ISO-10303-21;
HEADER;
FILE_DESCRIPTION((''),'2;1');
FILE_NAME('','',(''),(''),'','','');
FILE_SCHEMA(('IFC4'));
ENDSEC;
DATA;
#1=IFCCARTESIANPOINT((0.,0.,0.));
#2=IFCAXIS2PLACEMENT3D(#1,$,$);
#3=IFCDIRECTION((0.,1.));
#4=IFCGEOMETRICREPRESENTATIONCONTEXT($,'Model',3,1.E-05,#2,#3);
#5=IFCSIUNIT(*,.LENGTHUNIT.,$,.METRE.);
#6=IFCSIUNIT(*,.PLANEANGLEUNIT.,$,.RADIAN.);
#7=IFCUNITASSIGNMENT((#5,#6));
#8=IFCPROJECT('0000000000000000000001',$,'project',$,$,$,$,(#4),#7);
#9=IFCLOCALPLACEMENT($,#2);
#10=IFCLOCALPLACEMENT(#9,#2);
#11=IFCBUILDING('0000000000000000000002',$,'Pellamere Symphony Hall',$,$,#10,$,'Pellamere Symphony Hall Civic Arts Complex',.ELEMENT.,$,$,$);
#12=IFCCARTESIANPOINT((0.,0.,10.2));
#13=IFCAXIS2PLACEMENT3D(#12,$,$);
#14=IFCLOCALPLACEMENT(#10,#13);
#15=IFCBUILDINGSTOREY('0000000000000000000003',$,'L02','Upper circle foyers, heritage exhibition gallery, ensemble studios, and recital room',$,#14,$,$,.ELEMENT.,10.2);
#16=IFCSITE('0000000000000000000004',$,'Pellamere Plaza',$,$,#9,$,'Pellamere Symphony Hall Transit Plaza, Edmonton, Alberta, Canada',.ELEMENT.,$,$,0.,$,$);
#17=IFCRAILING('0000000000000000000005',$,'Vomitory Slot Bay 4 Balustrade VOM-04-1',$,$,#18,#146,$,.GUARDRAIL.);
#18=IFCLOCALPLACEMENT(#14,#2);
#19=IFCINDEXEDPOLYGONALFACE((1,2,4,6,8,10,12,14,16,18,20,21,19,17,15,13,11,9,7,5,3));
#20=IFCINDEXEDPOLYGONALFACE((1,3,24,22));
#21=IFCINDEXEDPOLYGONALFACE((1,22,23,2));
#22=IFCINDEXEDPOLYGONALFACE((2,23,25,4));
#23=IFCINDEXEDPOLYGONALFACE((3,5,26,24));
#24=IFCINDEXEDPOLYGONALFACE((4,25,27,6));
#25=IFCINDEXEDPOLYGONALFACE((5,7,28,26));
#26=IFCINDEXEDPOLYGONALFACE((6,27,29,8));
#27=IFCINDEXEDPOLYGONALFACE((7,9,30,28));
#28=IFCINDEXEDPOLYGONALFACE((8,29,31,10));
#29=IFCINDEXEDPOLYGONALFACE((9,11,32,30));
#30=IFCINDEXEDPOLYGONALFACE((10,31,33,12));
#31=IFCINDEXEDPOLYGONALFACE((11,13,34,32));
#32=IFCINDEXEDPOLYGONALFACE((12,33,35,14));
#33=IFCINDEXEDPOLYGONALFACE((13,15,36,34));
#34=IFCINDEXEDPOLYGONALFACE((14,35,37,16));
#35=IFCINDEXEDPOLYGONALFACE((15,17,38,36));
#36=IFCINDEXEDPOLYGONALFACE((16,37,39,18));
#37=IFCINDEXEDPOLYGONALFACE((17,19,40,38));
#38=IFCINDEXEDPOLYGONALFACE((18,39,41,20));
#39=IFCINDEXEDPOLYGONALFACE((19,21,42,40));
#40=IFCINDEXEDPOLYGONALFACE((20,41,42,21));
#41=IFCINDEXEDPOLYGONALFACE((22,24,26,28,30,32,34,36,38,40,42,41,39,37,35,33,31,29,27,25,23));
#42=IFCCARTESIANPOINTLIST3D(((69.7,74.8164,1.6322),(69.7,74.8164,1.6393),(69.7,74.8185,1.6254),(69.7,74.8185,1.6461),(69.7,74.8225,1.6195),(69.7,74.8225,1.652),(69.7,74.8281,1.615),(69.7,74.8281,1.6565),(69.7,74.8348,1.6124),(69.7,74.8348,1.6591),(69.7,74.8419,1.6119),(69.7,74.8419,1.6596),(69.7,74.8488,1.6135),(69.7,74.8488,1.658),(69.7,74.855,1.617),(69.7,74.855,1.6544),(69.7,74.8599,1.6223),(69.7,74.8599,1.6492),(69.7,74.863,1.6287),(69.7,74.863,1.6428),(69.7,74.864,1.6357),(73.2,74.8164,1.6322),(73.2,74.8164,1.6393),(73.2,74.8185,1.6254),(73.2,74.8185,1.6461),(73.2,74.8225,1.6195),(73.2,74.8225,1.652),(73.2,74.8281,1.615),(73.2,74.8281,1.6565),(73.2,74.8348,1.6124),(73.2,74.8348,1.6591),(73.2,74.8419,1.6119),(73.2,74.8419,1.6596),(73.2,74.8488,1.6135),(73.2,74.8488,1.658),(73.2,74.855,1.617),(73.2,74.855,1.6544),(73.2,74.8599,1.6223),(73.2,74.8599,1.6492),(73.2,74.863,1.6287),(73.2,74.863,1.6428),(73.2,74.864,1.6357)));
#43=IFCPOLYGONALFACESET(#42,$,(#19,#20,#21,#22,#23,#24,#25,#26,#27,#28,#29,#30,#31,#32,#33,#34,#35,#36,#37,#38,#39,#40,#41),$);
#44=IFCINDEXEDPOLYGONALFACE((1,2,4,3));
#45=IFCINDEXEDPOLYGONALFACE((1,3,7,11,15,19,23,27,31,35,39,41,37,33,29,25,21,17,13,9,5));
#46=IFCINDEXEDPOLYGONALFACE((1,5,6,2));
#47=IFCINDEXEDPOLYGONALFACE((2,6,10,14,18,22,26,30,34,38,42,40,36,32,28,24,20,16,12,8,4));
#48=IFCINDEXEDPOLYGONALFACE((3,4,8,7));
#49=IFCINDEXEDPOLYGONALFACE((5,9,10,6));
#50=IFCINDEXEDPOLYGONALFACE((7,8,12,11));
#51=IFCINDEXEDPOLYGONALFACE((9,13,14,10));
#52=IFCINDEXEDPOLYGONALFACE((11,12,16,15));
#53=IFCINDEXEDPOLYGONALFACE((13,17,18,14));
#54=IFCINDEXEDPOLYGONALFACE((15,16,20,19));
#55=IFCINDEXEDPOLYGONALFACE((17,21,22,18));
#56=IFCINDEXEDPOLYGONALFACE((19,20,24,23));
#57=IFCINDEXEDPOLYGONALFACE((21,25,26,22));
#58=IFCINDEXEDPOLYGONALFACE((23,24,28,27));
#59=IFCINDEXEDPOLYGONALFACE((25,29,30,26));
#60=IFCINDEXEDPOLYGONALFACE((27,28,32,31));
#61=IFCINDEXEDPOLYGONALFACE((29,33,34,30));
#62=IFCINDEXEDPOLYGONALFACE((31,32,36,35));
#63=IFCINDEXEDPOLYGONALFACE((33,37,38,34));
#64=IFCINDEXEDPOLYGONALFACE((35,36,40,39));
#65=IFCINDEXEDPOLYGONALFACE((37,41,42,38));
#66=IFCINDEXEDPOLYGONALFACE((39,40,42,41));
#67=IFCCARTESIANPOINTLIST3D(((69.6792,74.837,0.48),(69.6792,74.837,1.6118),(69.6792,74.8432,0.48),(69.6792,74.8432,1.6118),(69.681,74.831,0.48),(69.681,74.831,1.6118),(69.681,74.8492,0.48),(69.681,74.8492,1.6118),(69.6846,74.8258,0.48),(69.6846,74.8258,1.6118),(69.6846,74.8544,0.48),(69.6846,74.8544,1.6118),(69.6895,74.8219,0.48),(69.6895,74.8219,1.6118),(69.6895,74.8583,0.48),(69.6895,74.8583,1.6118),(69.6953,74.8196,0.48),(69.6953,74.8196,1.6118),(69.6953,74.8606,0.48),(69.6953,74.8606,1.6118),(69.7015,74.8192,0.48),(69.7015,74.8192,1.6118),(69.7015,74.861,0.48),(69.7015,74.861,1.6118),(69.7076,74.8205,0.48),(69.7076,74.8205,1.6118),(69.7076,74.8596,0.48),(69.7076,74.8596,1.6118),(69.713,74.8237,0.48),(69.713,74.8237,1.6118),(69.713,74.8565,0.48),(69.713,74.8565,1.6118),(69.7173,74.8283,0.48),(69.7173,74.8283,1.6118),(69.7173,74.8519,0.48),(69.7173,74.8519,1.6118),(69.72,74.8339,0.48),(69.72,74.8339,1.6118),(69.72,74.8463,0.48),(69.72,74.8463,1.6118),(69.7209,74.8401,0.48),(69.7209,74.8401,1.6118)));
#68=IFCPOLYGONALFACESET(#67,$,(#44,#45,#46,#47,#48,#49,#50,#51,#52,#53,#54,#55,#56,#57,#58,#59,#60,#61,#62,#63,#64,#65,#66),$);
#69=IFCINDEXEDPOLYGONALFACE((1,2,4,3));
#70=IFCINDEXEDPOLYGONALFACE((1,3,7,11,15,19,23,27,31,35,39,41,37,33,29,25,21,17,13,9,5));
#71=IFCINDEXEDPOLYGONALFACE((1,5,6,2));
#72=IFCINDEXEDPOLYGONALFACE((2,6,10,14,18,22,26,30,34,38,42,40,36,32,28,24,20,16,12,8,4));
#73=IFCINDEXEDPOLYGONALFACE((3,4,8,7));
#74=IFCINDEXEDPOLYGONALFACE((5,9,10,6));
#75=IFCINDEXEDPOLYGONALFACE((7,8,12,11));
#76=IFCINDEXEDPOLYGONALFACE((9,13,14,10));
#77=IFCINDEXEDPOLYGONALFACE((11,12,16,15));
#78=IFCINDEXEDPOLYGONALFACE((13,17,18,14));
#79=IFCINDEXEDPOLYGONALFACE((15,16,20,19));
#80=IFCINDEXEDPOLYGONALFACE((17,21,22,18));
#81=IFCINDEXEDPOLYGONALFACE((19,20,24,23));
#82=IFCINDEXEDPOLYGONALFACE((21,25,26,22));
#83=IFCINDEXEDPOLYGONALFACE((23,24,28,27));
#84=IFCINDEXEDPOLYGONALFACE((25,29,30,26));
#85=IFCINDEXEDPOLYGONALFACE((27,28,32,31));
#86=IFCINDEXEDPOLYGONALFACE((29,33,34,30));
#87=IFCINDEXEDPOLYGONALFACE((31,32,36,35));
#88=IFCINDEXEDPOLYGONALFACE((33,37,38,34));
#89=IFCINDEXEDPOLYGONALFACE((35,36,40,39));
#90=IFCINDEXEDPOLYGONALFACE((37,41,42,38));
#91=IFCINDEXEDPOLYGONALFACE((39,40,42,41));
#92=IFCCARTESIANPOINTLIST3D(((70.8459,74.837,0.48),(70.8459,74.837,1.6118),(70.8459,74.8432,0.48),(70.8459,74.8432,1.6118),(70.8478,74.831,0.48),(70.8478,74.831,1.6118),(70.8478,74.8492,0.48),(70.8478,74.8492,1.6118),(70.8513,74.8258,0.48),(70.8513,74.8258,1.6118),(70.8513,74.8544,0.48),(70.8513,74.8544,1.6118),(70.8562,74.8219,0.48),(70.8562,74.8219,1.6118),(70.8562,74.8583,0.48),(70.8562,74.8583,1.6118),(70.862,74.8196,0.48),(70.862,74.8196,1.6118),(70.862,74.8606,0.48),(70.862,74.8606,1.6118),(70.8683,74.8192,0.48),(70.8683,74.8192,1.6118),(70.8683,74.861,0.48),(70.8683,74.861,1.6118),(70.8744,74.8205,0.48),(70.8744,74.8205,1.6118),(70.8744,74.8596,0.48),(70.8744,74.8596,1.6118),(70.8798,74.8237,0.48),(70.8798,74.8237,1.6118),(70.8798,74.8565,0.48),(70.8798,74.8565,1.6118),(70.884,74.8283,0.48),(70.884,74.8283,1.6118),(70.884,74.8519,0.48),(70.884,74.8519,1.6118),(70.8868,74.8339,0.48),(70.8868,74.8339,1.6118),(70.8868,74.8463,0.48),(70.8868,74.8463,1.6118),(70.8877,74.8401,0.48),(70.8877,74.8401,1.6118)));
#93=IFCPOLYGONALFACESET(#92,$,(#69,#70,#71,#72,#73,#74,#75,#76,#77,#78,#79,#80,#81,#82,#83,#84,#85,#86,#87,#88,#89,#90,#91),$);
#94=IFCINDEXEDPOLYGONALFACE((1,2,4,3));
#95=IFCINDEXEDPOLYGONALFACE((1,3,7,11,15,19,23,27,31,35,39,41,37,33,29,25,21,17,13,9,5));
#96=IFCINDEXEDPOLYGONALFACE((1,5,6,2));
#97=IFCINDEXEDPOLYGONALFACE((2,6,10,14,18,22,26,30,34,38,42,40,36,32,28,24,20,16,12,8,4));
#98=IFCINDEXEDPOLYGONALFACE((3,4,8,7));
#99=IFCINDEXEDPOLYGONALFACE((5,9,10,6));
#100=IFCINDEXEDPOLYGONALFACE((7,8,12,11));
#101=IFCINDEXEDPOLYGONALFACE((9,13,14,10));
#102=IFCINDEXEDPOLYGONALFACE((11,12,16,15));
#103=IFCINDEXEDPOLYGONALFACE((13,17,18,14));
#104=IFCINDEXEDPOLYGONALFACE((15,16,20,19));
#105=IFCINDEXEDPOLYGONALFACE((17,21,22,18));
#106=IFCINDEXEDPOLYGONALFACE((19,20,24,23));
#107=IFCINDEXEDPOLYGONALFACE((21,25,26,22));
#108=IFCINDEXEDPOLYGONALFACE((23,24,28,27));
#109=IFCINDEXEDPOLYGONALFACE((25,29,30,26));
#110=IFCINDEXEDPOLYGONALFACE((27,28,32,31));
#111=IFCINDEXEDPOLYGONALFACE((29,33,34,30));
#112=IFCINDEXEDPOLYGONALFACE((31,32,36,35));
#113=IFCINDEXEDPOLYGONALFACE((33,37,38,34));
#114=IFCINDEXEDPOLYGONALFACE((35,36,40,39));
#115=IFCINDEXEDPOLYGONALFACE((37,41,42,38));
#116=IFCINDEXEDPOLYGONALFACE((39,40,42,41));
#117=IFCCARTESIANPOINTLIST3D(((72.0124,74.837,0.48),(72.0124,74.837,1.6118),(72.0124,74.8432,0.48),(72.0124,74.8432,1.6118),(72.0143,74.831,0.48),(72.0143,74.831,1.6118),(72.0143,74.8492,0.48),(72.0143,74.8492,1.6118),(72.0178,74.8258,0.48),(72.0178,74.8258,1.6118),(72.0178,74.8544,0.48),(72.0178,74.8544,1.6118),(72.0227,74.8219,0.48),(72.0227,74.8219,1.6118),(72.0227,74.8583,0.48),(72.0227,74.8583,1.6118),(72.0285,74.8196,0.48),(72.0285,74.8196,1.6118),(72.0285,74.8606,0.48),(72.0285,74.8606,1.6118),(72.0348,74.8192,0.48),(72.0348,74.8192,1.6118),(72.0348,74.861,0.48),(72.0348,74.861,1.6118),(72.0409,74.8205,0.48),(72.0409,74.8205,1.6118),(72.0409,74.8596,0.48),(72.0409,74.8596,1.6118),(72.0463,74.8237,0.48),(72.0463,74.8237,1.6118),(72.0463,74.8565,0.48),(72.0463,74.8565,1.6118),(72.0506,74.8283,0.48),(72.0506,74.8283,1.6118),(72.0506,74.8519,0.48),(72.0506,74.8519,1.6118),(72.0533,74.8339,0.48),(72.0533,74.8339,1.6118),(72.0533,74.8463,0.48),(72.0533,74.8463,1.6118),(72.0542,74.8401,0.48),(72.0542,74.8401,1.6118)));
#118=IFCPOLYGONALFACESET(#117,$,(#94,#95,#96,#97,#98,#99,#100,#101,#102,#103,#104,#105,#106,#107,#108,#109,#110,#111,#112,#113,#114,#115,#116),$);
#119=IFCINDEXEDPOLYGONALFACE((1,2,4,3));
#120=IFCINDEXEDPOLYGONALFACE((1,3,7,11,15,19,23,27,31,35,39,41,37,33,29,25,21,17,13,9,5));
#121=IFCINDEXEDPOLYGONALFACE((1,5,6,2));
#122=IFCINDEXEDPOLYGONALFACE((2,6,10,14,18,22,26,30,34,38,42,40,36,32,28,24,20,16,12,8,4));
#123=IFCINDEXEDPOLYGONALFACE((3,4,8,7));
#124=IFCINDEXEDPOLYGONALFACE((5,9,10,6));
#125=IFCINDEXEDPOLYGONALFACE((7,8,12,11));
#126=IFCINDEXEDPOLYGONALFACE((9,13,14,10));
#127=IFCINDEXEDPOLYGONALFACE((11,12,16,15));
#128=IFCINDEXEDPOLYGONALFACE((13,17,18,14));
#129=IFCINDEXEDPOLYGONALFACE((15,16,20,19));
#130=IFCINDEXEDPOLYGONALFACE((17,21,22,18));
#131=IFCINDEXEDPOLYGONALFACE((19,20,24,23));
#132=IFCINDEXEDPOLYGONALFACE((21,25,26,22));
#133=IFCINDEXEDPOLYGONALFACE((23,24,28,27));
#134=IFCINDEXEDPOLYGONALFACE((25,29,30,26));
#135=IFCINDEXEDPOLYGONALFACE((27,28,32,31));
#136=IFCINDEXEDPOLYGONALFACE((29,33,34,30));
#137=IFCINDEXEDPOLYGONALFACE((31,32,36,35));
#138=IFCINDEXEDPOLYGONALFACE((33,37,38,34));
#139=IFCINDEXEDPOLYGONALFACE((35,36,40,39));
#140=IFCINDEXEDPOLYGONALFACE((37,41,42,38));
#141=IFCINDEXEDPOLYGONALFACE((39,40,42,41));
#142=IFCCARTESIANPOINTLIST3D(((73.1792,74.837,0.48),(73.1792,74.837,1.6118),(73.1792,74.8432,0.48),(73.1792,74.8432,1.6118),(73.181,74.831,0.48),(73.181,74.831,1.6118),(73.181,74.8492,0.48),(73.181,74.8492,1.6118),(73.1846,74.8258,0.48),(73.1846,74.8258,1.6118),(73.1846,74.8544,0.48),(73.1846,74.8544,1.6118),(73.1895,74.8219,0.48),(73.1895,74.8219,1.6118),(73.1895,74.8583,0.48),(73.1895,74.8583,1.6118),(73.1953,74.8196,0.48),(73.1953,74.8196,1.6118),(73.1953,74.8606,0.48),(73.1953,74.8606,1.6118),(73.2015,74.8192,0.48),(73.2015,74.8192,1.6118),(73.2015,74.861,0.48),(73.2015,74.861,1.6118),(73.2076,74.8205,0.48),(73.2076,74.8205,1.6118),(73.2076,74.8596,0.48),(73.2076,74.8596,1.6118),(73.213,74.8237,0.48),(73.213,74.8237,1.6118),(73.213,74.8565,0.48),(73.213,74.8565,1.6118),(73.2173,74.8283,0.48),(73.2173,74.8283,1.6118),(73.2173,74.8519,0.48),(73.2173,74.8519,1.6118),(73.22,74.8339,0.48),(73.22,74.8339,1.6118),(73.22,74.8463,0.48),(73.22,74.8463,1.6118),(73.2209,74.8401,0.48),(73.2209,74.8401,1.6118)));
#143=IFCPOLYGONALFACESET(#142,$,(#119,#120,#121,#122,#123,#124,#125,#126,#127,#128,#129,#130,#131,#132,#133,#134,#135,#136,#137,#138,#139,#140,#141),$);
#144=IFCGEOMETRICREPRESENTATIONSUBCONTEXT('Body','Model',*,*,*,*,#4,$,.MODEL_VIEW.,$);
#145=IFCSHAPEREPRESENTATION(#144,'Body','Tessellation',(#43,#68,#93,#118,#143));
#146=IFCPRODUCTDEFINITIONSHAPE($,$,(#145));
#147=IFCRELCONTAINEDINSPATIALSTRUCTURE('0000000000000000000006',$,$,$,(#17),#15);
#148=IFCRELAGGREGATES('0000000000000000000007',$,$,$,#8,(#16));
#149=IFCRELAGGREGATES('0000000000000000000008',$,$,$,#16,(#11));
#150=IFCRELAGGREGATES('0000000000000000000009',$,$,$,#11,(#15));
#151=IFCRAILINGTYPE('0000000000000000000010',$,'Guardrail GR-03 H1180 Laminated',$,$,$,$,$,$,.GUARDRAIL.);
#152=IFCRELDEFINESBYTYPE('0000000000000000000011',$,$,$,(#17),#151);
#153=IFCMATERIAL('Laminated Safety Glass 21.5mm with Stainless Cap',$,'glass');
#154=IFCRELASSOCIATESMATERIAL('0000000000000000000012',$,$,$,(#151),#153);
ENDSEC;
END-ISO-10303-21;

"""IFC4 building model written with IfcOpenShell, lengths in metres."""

from ifc_helpers import new_model, si_unit, direction, frame, origin, origin_2d, place, context, subcontext, project, spatial, circle, extrude, material, type_object, element, save


model = new_model("IFC4")

# Units and contexts
model_context = context("Model", 3, precision=1e-05, world=origin(), true_north=direction((0.0, 1.0)))
body_context = subcontext(model_context, "Body", "Model", "MODEL_VIEW")
ifc_project = project(units=[si_unit("LENGTHUNIT", "METRE"), si_unit("PLANEANGLEUNIT", "RADIAN")], contexts=[model_context])

# Site, building, storey
site_placement = place(None, origin())
site = spatial("IfcSite", under=ifc_project, at=site_placement, Name="Pellamere Plaza", LongName="Pellamere Symphony Hall Transit Plaza, Edmonton, Alberta, Canada", CompositionType="ELEMENT", RefElevation=0.0)
building_placement = place(site_placement, origin())
building = spatial("IfcBuilding", under=site, at=building_placement, Name="Pellamere Symphony Hall", LongName="Pellamere Symphony Hall Civic Arts Complex", CompositionType="ELEMENT")
storey_placement = place(building_placement, frame((0.0, 0.0, 10.2)))
storey = spatial("IfcBuildingStorey", under=building, at=storey_placement, Name="L02", Description="Upper circle foyers, heritage exhibition gallery, ensemble studios, and recital room", CompositionType="ELEMENT", Elevation=10.2)

# Railing
ifc_material_1 = material(Name="Laminated Safety Glass 21.5mm with Stainless Cap", Category="glass")
railing_type_1 = type_object("IfcRailingType", Name="Guardrail GR-03 H1180 Laminated", PredefinedType="GUARDRAIL", material=ifc_material_1)
for number, where, name in (
    (1, (69.7, 74.8401, 0.48), "Vomitory Slot Bay 4 Balustrade VOM-04-1"),
):
    element("IfcRailing", number, at=place(storey_placement, frame(where)), inside=storey, type_object=railing_type_1, Name=name, PredefinedType="GUARDRAIL", context=body_context, shape_type="SweptSolid", body=[
        extrude(circle(Radius=0.0239, at=origin_2d()), frame((0.0, 0.0, 1.1558), z_axis=(1.0, 0.0, 0.0), x_axis=(0.0, 1.0, 0.0)), (0.0, 0.0, 1.0), 3.5),
        extrude(circle(Radius=0.021, at=origin_2d()), origin(), (0.0, 0.0, 1.0), 1.1318),
        extrude(circle(Radius=0.021, at=origin_2d()), frame((1.1667, 0.0, 0.0)), (0.0, 0.0, 1.0), 1.1318),
        extrude(circle(Radius=0.021, at=origin_2d()), frame((2.3333, 0.0, 0.0)), (0.0, 0.0, 1.0), 1.1318),
        extrude(circle(Radius=0.021, at=origin_2d()), frame((3.5, 0.0, 0.0)), (0.0, 0.0, 1.0), 1.1318),
    ])

save(model, "model.ifc")
